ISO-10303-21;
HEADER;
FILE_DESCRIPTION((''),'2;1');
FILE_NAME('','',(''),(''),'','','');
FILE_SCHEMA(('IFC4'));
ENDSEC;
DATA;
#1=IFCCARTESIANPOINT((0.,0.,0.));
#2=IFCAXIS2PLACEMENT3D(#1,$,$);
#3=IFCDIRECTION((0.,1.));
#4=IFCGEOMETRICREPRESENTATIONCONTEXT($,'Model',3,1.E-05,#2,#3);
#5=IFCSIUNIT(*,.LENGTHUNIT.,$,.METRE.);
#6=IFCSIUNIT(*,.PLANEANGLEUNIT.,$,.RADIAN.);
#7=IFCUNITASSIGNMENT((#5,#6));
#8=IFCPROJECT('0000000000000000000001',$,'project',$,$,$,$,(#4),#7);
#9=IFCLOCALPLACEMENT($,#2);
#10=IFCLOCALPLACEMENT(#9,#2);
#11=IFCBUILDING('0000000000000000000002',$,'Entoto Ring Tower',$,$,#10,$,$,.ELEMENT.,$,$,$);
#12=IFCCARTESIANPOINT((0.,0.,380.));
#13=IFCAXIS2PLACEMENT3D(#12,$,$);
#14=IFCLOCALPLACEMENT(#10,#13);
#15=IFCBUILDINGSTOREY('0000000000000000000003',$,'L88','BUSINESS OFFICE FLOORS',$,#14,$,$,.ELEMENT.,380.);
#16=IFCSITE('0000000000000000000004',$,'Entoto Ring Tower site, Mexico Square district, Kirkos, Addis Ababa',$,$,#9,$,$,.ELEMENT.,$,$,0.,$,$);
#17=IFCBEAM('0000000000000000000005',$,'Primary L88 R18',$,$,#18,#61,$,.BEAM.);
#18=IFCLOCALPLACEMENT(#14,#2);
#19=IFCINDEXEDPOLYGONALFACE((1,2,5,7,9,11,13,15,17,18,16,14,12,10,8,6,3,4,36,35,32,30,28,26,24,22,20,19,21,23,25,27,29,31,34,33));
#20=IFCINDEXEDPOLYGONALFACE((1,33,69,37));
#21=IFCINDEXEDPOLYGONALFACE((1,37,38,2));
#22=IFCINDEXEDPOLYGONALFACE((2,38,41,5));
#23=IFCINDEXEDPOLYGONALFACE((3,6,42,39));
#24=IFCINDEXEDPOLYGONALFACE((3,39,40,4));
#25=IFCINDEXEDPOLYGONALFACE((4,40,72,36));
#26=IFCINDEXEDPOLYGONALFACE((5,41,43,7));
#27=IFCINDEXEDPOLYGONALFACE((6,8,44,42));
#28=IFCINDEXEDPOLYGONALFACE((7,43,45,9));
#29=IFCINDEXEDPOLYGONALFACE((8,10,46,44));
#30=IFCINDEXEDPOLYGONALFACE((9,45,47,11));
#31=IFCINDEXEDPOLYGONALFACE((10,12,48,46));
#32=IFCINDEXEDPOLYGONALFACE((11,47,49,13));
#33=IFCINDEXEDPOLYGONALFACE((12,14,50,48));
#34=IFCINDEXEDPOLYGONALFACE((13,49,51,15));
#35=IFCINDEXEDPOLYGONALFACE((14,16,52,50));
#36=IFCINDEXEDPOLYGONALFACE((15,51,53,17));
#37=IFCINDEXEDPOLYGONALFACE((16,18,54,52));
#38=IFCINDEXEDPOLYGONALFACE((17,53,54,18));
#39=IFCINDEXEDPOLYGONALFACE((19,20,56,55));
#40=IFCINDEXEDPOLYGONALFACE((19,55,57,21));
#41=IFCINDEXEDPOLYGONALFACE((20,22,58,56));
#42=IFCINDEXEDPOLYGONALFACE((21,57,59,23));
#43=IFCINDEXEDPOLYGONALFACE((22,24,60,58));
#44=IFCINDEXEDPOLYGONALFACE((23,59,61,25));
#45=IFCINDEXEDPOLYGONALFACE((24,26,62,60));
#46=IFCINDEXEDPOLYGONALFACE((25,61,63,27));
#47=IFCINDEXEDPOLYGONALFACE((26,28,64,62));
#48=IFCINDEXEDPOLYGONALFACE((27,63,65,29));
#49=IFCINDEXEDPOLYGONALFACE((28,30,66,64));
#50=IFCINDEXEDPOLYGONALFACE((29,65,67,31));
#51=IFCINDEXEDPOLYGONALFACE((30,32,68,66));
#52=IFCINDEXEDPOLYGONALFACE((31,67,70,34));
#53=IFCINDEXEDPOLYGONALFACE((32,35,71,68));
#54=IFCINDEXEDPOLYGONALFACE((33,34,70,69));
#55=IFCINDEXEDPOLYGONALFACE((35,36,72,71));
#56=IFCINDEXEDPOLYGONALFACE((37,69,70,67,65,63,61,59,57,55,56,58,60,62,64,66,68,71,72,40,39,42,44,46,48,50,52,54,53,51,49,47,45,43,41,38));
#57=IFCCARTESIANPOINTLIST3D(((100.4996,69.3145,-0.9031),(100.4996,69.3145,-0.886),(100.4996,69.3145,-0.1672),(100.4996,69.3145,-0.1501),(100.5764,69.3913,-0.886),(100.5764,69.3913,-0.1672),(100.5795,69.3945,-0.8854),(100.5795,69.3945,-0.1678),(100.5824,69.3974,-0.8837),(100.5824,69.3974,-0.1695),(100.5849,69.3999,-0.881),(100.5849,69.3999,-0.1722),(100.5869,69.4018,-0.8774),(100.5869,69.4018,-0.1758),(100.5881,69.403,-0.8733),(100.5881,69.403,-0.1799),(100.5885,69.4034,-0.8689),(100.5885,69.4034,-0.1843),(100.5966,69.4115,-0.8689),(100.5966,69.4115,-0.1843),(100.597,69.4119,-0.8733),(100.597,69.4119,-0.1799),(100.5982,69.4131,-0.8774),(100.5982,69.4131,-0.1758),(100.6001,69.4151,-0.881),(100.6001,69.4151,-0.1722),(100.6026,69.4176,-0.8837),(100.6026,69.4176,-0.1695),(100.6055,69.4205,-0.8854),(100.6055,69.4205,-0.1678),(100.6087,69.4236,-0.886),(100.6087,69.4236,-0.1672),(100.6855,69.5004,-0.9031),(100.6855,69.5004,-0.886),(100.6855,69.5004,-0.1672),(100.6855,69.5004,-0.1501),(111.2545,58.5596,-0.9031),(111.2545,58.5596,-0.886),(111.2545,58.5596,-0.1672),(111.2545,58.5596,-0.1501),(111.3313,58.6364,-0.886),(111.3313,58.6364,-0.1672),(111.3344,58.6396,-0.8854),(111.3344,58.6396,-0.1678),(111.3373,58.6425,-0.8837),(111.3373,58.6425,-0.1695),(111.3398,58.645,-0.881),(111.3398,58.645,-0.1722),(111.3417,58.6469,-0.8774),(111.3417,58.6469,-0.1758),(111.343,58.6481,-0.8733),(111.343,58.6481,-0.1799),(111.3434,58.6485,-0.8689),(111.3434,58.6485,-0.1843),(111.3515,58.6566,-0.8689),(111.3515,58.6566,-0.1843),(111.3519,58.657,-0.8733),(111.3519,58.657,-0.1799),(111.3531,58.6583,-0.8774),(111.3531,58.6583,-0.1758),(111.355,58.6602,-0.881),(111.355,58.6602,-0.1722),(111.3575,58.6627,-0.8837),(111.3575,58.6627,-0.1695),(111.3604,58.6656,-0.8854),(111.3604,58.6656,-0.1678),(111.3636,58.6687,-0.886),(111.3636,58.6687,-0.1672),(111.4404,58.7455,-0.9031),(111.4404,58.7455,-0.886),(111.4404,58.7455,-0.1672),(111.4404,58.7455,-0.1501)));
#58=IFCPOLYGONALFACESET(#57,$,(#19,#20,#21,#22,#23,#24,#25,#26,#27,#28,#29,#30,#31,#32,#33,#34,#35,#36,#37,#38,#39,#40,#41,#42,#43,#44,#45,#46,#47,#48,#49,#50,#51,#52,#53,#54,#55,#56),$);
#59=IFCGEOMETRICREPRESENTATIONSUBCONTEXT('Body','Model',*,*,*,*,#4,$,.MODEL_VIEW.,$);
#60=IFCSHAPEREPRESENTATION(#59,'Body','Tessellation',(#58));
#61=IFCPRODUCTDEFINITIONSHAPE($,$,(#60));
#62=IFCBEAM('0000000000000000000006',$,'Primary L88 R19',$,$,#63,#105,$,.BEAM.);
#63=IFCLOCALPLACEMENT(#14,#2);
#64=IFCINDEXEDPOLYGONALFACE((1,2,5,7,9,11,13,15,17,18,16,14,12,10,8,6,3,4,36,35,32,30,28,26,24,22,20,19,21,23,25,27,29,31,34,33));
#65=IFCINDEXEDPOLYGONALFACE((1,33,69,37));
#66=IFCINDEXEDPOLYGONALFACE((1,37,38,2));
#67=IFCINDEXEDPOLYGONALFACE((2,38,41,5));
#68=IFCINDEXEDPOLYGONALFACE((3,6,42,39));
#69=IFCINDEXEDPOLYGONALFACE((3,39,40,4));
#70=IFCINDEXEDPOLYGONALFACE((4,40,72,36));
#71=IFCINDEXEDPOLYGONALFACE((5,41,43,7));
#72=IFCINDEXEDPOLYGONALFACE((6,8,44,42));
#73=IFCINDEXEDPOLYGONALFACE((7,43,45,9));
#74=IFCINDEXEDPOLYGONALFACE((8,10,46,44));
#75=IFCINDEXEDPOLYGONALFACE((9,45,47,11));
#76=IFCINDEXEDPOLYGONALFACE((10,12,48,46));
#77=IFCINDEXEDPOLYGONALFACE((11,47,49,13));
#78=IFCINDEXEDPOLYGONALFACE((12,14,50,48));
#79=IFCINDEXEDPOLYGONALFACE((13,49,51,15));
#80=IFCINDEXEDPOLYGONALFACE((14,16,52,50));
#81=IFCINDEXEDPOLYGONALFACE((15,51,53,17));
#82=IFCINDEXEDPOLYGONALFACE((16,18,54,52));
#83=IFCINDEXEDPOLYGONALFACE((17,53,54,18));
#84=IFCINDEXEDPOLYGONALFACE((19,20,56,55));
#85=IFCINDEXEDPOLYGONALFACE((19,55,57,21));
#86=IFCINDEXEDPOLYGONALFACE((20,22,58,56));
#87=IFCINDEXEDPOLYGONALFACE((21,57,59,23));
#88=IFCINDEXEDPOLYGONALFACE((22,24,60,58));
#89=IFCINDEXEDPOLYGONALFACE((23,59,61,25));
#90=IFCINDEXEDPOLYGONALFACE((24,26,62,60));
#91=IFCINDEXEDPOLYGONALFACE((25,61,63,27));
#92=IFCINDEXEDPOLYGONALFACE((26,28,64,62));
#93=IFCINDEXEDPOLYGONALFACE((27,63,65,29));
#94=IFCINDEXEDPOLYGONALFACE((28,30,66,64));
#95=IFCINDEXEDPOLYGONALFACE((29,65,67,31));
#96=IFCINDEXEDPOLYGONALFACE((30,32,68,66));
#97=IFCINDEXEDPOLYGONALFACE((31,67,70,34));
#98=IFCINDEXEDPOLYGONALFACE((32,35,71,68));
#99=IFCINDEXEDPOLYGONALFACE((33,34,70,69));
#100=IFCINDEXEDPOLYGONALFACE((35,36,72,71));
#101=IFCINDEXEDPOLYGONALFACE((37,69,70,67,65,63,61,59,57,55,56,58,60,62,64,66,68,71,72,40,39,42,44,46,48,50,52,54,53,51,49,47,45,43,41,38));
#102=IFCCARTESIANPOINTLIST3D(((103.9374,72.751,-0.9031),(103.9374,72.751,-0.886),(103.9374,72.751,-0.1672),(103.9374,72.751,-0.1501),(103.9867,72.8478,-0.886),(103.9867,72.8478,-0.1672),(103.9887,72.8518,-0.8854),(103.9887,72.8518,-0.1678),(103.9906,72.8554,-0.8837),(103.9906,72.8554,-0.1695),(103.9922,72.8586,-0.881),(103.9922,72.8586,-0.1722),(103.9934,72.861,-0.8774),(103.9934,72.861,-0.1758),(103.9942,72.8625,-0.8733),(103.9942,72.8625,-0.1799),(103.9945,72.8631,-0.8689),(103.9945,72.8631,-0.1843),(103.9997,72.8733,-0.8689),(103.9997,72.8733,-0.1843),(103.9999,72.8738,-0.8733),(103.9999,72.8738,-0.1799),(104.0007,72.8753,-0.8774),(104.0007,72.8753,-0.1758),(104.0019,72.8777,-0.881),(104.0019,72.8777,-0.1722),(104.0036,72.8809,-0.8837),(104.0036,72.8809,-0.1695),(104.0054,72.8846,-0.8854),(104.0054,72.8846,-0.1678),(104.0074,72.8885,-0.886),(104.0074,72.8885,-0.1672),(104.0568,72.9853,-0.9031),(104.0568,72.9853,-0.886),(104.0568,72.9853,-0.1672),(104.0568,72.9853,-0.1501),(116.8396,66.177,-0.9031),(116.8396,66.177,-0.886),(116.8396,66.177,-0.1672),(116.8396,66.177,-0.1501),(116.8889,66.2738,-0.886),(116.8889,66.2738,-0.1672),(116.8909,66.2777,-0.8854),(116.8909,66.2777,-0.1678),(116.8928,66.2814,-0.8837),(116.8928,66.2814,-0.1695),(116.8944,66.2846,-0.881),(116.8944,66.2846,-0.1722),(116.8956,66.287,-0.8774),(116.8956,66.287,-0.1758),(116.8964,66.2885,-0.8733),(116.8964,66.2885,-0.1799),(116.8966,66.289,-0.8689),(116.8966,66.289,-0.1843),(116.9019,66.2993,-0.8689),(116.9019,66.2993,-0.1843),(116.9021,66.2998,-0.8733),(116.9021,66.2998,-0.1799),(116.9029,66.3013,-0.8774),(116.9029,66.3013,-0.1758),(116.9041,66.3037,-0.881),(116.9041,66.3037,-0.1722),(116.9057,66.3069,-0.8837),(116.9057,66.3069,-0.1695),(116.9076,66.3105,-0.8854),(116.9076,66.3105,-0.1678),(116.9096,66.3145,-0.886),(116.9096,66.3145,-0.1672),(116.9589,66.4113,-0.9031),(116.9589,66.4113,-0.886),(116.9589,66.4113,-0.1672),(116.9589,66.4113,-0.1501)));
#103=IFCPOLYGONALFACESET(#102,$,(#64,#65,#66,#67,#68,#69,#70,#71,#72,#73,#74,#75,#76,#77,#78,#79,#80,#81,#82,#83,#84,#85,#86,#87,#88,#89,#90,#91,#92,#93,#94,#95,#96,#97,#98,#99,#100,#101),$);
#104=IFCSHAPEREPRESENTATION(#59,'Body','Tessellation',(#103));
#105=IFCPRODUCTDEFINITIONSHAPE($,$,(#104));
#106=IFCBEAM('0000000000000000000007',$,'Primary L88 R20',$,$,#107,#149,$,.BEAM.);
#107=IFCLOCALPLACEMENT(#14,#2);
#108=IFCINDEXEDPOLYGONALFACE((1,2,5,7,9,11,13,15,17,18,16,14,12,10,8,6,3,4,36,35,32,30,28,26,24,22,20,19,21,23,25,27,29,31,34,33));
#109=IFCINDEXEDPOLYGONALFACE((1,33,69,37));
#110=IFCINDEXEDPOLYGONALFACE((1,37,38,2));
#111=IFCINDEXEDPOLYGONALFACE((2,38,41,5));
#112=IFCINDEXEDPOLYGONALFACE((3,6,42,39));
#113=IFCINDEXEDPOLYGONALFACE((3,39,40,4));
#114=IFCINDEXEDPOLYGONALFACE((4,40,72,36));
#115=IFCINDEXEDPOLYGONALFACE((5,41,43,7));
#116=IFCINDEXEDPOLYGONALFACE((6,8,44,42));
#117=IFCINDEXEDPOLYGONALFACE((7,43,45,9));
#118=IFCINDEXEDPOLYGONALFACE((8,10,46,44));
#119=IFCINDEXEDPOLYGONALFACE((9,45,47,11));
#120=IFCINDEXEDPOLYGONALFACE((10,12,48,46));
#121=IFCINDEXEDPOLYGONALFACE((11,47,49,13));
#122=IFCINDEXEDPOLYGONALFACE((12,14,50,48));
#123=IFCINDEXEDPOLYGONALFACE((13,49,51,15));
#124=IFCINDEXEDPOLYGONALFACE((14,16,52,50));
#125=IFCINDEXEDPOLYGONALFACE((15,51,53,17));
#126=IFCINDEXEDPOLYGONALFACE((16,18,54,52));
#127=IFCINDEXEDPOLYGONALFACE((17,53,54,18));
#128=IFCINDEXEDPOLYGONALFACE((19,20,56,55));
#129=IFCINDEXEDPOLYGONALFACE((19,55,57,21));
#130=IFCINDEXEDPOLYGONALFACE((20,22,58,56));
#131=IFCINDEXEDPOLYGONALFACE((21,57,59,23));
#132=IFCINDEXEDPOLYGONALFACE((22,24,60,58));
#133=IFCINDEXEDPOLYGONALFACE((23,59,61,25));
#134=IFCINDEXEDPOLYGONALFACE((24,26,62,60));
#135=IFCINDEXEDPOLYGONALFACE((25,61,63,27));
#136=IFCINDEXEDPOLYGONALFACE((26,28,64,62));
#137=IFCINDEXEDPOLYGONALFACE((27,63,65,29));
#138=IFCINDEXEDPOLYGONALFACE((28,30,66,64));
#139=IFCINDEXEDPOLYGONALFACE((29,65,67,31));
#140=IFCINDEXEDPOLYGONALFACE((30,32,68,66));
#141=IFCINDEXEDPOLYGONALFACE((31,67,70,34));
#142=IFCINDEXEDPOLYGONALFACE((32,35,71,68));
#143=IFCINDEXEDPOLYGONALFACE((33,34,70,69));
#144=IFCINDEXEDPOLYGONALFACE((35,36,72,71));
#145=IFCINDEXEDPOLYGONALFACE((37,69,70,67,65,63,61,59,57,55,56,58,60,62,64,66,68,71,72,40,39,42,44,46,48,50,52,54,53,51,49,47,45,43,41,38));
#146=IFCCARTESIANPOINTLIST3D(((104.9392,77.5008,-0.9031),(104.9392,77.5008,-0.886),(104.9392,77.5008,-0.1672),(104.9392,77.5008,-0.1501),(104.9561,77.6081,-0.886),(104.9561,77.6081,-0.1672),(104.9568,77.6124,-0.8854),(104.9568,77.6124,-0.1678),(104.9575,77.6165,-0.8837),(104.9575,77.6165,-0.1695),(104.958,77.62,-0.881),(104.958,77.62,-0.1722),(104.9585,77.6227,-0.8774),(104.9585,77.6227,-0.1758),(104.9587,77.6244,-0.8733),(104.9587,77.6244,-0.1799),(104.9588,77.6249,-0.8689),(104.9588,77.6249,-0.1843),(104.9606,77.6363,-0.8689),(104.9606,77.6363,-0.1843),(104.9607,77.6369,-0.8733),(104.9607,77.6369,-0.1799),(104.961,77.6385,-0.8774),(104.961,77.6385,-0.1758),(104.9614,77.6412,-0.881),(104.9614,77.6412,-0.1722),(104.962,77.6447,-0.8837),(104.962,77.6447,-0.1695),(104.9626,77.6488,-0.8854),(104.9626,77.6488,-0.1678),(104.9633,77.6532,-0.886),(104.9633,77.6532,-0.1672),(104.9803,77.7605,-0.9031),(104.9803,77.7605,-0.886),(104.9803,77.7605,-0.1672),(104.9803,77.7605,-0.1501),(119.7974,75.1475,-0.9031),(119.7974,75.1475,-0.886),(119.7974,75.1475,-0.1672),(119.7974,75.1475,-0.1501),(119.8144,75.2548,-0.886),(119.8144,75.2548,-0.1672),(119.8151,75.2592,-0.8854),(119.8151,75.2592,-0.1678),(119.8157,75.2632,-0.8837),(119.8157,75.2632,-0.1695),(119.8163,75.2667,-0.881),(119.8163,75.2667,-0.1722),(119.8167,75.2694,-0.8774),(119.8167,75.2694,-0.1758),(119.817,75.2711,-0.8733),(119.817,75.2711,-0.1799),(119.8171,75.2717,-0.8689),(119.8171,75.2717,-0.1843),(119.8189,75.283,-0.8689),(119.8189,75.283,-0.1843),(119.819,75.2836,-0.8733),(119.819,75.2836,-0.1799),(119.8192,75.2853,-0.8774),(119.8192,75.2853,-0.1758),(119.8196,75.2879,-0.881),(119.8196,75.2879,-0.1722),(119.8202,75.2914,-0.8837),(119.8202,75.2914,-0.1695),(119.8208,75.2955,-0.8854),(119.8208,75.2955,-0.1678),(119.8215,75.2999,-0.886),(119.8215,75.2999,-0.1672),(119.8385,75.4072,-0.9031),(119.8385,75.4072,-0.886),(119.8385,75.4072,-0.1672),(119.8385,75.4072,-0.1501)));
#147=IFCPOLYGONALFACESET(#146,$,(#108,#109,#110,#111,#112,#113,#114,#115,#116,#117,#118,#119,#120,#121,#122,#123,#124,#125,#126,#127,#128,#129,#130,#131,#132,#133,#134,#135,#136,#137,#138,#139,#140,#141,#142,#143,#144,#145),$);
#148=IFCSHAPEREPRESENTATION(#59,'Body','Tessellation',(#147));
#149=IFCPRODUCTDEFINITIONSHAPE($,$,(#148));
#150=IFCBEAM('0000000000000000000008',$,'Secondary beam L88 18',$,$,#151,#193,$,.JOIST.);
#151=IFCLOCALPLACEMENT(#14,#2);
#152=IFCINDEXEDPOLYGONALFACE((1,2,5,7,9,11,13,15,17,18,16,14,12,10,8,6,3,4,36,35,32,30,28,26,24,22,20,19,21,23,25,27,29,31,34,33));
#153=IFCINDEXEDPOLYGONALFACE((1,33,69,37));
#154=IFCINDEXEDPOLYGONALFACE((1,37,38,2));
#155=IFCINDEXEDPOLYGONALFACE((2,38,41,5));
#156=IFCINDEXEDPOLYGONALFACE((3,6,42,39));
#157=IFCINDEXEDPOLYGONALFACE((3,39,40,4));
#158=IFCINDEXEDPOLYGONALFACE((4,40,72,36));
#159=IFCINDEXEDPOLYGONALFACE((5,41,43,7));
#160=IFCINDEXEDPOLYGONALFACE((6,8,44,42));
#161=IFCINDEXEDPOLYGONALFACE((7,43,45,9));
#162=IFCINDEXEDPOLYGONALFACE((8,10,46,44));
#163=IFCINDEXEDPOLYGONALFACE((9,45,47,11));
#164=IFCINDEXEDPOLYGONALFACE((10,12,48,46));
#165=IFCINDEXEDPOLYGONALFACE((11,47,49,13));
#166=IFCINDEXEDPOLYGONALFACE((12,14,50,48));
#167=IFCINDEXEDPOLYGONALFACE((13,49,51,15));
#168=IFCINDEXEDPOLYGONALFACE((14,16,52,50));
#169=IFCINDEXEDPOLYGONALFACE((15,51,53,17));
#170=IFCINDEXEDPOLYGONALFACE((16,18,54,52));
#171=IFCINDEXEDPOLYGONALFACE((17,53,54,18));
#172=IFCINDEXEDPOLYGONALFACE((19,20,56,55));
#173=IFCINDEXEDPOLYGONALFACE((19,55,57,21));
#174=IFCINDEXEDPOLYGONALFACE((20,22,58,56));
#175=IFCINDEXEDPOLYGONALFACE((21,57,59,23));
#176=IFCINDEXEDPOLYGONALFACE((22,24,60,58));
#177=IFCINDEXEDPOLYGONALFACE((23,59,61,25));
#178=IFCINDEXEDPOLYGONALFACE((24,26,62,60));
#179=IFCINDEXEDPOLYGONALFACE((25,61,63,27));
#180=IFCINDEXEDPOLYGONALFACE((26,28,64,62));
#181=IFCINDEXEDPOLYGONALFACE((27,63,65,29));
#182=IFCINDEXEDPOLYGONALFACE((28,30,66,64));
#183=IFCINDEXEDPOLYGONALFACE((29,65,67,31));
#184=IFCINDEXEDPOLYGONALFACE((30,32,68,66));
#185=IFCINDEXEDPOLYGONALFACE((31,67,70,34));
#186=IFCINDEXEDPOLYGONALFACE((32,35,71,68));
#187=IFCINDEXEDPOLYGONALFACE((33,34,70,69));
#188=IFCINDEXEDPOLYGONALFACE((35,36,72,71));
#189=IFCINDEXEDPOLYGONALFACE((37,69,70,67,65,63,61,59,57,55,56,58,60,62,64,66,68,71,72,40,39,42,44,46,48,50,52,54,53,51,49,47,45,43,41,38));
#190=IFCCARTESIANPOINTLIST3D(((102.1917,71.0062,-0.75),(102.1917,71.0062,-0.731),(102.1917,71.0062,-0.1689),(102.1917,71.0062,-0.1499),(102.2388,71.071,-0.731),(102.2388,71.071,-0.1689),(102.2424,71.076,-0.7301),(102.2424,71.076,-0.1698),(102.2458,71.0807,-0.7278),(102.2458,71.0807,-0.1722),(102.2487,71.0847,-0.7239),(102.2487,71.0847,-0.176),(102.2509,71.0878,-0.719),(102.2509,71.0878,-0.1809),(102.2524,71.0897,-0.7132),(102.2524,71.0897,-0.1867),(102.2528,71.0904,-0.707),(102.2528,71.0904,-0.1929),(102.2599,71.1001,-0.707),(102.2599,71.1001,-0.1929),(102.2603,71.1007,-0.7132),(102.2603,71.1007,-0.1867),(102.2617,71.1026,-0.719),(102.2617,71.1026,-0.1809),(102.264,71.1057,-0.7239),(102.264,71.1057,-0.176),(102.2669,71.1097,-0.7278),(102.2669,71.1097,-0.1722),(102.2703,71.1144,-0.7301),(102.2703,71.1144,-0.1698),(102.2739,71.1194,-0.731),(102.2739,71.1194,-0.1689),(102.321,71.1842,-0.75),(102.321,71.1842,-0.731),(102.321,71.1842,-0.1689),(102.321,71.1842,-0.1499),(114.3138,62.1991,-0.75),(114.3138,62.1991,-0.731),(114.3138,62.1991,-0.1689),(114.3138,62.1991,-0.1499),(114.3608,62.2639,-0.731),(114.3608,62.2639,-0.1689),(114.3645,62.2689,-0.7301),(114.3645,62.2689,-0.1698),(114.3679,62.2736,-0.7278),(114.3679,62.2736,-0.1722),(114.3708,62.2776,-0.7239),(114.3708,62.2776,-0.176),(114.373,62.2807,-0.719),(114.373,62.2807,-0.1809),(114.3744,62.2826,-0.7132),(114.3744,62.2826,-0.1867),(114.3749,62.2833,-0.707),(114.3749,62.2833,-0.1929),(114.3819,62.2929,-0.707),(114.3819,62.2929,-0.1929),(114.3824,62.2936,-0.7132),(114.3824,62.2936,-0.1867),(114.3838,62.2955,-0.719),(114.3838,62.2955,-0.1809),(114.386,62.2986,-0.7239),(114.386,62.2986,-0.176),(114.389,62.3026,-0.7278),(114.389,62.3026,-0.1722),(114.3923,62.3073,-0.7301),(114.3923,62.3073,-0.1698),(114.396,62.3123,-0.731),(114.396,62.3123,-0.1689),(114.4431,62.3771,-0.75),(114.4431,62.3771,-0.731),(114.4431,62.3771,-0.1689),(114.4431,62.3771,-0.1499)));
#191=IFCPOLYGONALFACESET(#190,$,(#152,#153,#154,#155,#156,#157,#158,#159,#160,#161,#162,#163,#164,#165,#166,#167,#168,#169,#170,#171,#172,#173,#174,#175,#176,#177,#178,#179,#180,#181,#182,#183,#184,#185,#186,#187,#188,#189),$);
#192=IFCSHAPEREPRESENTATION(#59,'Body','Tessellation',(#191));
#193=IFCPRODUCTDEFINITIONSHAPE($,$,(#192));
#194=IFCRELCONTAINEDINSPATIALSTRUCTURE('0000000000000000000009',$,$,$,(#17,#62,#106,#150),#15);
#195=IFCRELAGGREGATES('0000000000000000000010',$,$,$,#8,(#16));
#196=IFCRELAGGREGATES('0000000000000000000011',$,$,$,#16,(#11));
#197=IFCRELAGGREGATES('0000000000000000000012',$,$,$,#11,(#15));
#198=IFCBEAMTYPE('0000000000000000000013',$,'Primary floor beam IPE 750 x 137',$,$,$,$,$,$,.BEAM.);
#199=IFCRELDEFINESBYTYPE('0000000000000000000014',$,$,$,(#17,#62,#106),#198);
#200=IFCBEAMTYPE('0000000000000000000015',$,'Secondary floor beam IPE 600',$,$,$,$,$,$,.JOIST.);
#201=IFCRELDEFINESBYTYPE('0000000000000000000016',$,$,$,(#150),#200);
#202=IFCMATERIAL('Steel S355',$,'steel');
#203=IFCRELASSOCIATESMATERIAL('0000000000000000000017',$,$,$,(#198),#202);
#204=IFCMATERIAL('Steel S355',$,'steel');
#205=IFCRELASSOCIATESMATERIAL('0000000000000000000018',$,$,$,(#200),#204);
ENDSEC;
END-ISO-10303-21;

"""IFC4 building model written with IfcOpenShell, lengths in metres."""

from ifc_helpers import new_model, si_unit, direction, frame, origin, origin_2d, place, context, subcontext, project, spatial, i_section, extrude, material, material_profile, profile_set, type_object, element, save


model = new_model("IFC4")

# Units and contexts
model_context = context("Model", 3, precision=1e-05, world=origin(), true_north=direction((0.0, 1.0)))
body_context = subcontext(model_context, "Body", "Model", "MODEL_VIEW")
ifc_project = project(units=[si_unit("LENGTHUNIT", "METRE"), si_unit("PLANEANGLEUNIT", "RADIAN")], contexts=[model_context])

# Site, building, storey
site_placement = place(None, origin())
site = spatial("IfcSite", under=ifc_project, at=site_placement, Name="Entoto Ring Tower site, Mexico Square district, Kirkos, Addis Ababa", CompositionType="ELEMENT", RefElevation=0.0)
building_placement = place(site_placement, origin())
building = spatial("IfcBuilding", under=site, at=building_placement, Name="Entoto Ring Tower", CompositionType="ELEMENT")
storey_placement = place(building_placement, frame((0.0, 0.0, 380.0)))
storey = spatial("IfcBuildingStorey", under=building, at=storey_placement, Name="L88", Description="BUSINESS OFFICE FLOORS", CompositionType="ELEMENT", Elevation=380.0)

# Beams
ifc_material_1 = material(Name="Steel S355", Category="steel")
ifc_material_profile_1 = material_profile(ifc_material_1, i_section(OverallWidth=0.2629, OverallDepth=0.7529, WebThickness=0.0115, FlangeThickness=0.0171, FilletRadius=0.0171, at=origin_2d()), Name="IPE 750 x 137")
ifc_profile_set_1 = profile_set([ifc_material_profile_1], Name="Steel S355")
beam_type_1 = type_object("IfcBeamType", Name="Primary floor beam IPE 750 x 137", PredefinedType="BEAM", material=ifc_profile_set_1)
beam_1_placement = place(storey_placement, frame((100.5925, 69.4075, -0.5266), z_axis=(0.707107, -0.707107, 0.0), x_axis=(0.707107, 0.707107, 0.0)))
element("IfcBeam", 1, at=beam_1_placement, inside=storey, type_object=beam_type_1, Name="Primary L88 R18", PredefinedType="BEAM", context=body_context, shape_type="SweptSolid", body=[
    extrude(i_section(OverallWidth=0.2629, OverallDepth=0.7529, WebThickness=0.0115, FlangeThickness=0.0171, FilletRadius=0.0171, at=origin_2d()), origin(), (0.0, 0.0, 1.0), 15.2097),
])
beam_2_placement = place(storey_placement, frame((103.9971, 72.8682, -0.5266), z_axis=(0.891006, -0.453992, 0.0), x_axis=(0.453992, 0.891006, 0.0)))
element("IfcBeam", 2, at=beam_2_placement, inside=storey, type_object=beam_type_1, Name="Primary L88 R19", PredefinedType="BEAM", context=body_context, shape_type="SweptSolid", body=[
    extrude(i_section(OverallWidth=0.2629, OverallDepth=0.7529, WebThickness=0.0115, FlangeThickness=0.0171, FilletRadius=0.0171, at=origin_2d()), origin(), (0.0, 0.0, 1.0), 14.4805),
])
beam_3_placement = place(storey_placement, frame((104.9597, 77.6306, -0.5266), z_axis=(0.987689, -0.156433, 0.0), x_axis=(0.156433, 0.987689, 0.0)))
element("IfcBeam", 3, at=beam_3_placement, inside=storey, type_object=beam_type_1, Name="Primary L88 R20", PredefinedType="BEAM", context=body_context, shape_type="SweptSolid", body=[
    extrude(i_section(OverallWidth=0.2629, OverallDepth=0.7529, WebThickness=0.0115, FlangeThickness=0.0171, FilletRadius=0.0171, at=origin_2d()), origin(), (0.0, 0.0, 1.0), 15.0435),
])
ifc_material_2 = material(Name="Steel S355", Category="steel")
ifc_material_profile_2 = material_profile(ifc_material_2, i_section(OverallWidth=0.22, OverallDepth=0.6001, WebThickness=0.012, FlangeThickness=0.019, FilletRadius=0.0239, at=origin_2d()), Name="IPE 600")
ifc_profile_set_2 = profile_set([ifc_material_profile_2], Name="Steel S355")
beam_type_2 = type_object("IfcBeamType", Name="Secondary floor beam IPE 600", PredefinedType="JOIST", material=ifc_profile_set_2)
beam_4_placement = place(storey_placement, frame((102.2563, 71.0952, -0.45), z_axis=(0.809019, -0.587782, 0.0), x_axis=(0.587782, 0.809019, 0.0)))
element("IfcBeam", 4, at=beam_4_placement, inside=storey, type_object=beam_type_2, Name="Secondary beam L88 18", PredefinedType="JOIST", context=body_context, shape_type="SweptSolid", body=[
    extrude(i_section(OverallWidth=0.22, OverallDepth=0.6001, WebThickness=0.012, FlangeThickness=0.019, FilletRadius=0.0239, at=origin_2d()), origin(), (0.0, 0.0, 1.0), 14.9836),
])

save(model, "model.ifc")
